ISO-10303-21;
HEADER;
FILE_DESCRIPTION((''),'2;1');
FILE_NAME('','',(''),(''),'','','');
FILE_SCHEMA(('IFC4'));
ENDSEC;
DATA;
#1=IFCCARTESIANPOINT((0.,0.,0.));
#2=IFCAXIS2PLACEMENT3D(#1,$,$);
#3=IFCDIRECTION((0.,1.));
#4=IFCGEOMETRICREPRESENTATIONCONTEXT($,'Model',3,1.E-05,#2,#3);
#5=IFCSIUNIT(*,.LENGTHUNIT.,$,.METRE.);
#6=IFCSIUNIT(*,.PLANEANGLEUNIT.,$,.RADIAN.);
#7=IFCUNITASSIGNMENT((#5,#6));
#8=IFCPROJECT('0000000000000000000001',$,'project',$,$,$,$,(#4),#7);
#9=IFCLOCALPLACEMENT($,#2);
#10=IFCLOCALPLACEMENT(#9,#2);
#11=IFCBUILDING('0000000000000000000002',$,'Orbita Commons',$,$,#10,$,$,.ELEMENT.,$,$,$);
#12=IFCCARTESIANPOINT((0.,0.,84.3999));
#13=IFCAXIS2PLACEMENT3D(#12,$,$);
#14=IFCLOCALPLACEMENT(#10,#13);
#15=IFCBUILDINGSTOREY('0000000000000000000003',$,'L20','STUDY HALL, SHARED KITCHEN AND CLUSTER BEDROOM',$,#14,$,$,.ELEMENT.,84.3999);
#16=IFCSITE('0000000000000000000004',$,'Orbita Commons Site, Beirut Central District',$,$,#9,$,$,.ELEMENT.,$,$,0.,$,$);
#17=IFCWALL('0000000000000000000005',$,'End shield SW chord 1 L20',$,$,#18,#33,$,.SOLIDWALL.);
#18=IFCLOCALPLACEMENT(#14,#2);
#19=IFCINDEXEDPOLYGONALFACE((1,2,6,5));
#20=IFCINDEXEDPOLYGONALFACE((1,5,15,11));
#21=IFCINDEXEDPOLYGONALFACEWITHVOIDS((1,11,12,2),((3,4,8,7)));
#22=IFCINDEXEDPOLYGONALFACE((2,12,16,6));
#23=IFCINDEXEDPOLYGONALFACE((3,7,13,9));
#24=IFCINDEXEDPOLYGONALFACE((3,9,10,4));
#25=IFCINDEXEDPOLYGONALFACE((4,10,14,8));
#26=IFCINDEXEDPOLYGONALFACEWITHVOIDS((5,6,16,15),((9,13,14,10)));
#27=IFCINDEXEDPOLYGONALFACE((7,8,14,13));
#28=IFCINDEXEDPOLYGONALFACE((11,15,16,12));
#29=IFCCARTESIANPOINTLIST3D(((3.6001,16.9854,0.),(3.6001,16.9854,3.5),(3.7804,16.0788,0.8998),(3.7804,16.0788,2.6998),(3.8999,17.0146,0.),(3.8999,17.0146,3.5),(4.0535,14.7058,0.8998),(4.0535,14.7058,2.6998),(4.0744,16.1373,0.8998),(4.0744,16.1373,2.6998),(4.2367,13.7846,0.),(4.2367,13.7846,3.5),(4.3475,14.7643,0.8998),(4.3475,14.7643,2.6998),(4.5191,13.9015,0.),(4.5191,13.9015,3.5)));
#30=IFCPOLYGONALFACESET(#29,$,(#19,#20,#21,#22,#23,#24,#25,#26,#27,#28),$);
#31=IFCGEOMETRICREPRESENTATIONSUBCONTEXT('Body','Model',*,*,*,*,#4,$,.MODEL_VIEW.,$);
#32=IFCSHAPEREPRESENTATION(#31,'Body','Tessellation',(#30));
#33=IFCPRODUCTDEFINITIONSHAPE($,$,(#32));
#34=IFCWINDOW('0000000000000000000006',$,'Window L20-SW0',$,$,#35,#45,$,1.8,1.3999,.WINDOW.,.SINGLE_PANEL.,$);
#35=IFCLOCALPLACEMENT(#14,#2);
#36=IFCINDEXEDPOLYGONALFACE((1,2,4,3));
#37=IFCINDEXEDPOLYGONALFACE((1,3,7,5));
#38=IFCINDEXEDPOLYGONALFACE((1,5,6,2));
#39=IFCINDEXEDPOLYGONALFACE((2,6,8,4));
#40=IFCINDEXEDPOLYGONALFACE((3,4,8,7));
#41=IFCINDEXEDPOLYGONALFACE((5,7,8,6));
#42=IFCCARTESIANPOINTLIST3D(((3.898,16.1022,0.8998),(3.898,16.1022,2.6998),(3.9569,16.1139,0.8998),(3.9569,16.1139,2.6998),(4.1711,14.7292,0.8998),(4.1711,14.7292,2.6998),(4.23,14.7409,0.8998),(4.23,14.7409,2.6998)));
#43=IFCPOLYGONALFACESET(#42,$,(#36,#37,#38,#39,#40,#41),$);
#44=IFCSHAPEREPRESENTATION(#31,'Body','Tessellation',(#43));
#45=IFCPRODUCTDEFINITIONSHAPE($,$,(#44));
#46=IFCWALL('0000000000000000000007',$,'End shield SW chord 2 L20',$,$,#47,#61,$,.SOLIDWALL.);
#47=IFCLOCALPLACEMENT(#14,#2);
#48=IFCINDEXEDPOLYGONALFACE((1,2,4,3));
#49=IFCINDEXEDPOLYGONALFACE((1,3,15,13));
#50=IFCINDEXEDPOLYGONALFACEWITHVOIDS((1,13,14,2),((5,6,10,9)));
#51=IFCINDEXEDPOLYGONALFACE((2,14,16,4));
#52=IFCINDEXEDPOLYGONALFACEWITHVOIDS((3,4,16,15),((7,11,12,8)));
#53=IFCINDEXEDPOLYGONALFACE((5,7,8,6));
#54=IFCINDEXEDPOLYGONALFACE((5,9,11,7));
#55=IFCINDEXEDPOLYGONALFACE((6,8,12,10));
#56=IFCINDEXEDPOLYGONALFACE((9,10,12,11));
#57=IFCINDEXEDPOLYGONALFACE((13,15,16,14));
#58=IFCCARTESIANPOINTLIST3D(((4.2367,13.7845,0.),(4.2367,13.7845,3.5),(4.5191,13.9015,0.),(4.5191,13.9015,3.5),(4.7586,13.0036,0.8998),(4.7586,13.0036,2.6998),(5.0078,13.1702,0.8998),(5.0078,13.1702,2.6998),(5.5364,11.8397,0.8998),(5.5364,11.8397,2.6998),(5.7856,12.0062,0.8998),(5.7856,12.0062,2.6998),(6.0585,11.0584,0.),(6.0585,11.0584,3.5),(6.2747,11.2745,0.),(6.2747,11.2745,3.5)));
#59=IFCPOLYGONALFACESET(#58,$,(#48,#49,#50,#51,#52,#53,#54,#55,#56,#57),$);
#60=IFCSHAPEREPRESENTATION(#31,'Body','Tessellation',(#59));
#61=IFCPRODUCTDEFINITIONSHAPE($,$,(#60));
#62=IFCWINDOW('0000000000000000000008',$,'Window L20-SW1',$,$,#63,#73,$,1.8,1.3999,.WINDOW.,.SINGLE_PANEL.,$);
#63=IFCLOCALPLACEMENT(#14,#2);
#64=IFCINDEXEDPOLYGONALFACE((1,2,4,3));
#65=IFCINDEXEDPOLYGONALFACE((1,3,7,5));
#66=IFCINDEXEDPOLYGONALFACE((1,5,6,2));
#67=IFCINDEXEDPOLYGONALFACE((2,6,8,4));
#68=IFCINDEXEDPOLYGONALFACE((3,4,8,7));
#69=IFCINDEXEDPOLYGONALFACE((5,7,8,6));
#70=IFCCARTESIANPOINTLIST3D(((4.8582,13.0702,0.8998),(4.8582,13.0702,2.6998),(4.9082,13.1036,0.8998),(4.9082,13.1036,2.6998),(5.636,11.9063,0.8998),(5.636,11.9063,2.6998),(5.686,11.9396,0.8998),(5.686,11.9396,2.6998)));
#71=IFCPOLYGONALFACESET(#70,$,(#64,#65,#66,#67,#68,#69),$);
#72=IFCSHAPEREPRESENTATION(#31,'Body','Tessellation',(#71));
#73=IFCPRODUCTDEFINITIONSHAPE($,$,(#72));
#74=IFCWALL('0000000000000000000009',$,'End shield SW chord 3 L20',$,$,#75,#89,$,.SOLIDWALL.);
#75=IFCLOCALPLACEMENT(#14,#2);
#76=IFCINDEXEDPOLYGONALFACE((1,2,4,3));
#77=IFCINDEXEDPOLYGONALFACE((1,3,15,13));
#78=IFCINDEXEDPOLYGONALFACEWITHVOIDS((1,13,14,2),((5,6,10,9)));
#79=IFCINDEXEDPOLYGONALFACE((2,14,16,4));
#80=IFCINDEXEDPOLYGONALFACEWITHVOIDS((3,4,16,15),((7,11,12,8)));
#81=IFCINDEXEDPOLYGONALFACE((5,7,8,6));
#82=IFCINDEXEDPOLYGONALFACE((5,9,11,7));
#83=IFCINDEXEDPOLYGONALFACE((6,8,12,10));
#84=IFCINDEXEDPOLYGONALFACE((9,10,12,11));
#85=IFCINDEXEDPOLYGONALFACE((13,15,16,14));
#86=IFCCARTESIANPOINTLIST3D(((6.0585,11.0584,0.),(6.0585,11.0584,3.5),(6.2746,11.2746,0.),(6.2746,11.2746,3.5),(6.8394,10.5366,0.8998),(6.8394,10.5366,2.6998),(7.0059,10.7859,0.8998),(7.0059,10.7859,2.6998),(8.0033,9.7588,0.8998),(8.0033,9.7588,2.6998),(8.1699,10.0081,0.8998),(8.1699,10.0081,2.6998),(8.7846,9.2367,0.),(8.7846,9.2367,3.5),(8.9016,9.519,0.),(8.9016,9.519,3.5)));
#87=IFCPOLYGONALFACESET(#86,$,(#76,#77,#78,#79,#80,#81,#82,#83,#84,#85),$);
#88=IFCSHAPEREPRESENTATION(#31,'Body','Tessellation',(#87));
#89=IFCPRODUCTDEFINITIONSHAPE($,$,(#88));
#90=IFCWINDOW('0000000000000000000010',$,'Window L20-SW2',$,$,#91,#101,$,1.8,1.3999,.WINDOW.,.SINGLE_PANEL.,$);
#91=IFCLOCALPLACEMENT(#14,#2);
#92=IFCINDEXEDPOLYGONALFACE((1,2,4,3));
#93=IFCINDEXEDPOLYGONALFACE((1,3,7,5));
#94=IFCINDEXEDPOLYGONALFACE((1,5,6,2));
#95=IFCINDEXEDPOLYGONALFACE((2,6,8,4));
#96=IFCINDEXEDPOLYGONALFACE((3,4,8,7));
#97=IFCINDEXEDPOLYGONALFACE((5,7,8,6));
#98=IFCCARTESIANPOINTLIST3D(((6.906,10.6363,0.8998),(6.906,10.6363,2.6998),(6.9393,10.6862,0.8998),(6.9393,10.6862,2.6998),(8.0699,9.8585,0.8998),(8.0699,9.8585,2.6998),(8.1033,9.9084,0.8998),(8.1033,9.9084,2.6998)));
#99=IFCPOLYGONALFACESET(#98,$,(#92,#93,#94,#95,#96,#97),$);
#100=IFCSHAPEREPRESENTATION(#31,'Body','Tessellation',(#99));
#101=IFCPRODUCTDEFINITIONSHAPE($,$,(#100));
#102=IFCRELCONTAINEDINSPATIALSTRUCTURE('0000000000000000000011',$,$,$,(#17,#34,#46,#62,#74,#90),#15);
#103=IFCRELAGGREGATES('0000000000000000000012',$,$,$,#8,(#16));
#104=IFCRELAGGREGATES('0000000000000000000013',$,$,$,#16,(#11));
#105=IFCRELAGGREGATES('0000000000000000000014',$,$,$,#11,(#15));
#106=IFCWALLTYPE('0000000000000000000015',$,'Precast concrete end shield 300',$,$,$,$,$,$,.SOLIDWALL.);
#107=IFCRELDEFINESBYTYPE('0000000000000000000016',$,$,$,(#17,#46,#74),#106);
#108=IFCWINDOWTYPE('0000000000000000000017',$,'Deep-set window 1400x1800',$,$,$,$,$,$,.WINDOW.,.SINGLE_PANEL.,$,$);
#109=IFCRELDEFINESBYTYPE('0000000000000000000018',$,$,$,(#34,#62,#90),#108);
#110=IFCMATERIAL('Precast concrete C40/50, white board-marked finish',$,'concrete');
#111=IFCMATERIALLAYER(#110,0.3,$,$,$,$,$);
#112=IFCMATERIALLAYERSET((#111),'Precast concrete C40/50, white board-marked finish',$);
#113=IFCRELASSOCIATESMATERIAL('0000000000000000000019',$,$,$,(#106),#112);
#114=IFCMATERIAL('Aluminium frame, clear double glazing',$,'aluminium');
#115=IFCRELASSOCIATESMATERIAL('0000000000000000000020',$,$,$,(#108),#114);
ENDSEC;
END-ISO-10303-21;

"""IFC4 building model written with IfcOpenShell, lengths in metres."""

from ifc_helpers import new_model, si_unit, direction, frame, frame_2d, origin, place, context, subcontext, project, spatial, polyline, rectangle, outline, extrude, material, layer, layer_set, type_object, element, fill, save


model = new_model("IFC4")

# Units and contexts
model_context = context("Model", 3, precision=1e-05, world=origin(), true_north=direction((0.0, 1.0)))
body_context = subcontext(model_context, "Body", "Model", "MODEL_VIEW")
ifc_project = project(units=[si_unit("LENGTHUNIT", "METRE"), si_unit("PLANEANGLEUNIT", "RADIAN")], contexts=[model_context])

# Site, building, storey
site_placement = place(None, origin())
site = spatial("IfcSite", under=ifc_project, at=site_placement, Name="Orbita Commons Site, Beirut Central District", CompositionType="ELEMENT", RefElevation=0.0)
building_placement = place(site_placement, origin())
building = spatial("IfcBuilding", under=site, at=building_placement, Name="Orbita Commons", CompositionType="ELEMENT")
storey_placement = place(building_placement, frame((0.0, 0.0, 84.3999)))
storey = spatial("IfcBuildingStorey", under=building, at=storey_placement, Name="L20", Description="STUDY HALL, SHARED KITCHEN AND CLUSTER BEDROOM", CompositionType="ELEMENT", Elevation=84.3999)

# Walls, openings, windows
ifc_material_1 = material(Name="Precast concrete C40/50, white board-marked finish", Category="concrete")
ifc_layer_1 = layer(ifc_material_1, 0.3)
ifc_layer_set_1 = layer_set([ifc_layer_1], Name="Precast concrete C40/50, white board-marked finish")
wall_type_1 = type_object("IfcWallType", Name="Precast concrete end shield 300", PredefinedType="SOLIDWALL", material=ifc_layer_set_1)
wall_1_placement = place(storey_placement, frame((3.75, 17.0, 0.0), z_axis=(0.0, 0.0, 1.0), x_axis=(0.19508, -0.980787, 0.0)))
wall_1 = element("IfcWall", 1, at=wall_1_placement, inside=storey, type_object=wall_type_1, Name="End shield SW chord 1 L20", PredefinedType="SOLIDWALL", context=body_context, shape_type="SweptSolid", body=[
    extrude(outline(polyline([(-0.0149, -0.1499), (3.2485, -0.1499), (3.189, 0.1499), (0.0149, 0.1499), (-0.0149, -0.1499)])), origin(), (0.0, 0.0, 1.0), 3.5),
])
opening_1_placement = place(wall_1_placement, frame((0.9094, 0.0, 0.8999)))
opening_1 = element("IfcOpeningElement", 2, at=opening_1_placement, cuts=wall_1, PredefinedType="OPENING", context=body_context, shape_type="SweptSolid", body=[
    extrude(rectangle(XDim=1.3999, YDim=1.8, at=frame_2d((0.7, 0.8999))), frame((0.0, 0.1599, 0.0), z_axis=(0.0, -1.0, 0.0), x_axis=(1.0, 0.0, 0.0)), (0.0, 0.0, 1.0), 0.3201),
])
ifc_material_2 = material(Name="Aluminium frame, clear double glazing", Category="aluminium")
window_type = type_object("IfcWindowType", Name="Deep-set window 1400x1800", PartitioningType="SINGLE_PANEL", PredefinedType="WINDOW", material=ifc_material_2)
window_1_placement = place(opening_1_placement, origin())
window_1 = element("IfcWindow", 3, at=window_1_placement, inside=storey, type_object=window_type, Name="Window L20-SW0", OverallHeight=1.8, OverallWidth=1.3999, PartitioningType="SINGLE_PANEL", PredefinedType="WINDOW", context=body_context, shape_type="SweptSolid", body=[
    extrude(rectangle(XDim=1.3999, YDim=1.8, at=frame_2d((0.7, 0.8999))), frame((0.0, 0.03, 0.0), z_axis=(0.0, -1.0, 0.0), x_axis=(1.0, 0.0, 0.0)), (0.0, 0.0, 1.0), 0.0601),
])
fill(opening_1, window_1)
wall_2_placement = place(storey_placement, frame((4.3779, 13.843, 0.0), z_axis=(0.0, 0.0, 1.0), x_axis=(0.55561, -0.831443, 0.0)))
wall_2 = element("IfcWall", 4, at=wall_2_placement, inside=storey, type_object=wall_type_1, Name="End shield SW chord 2 L20", PredefinedType="SOLIDWALL", context=body_context, shape_type="SweptSolid", body=[
    extrude(outline(polyline([(-0.0298, -0.1499), (3.249, -0.1499), (3.1895, 0.1499), (0.0298, 0.1499), (-0.0298, -0.1499)])), origin(), (0.0, 0.0, 1.0), 3.5),
])
opening_2_placement = place(wall_2_placement, frame((0.9094, 0.0, 0.8999)))
opening_2 = element("IfcOpeningElement", 5, at=opening_2_placement, cuts=wall_2, PredefinedType="OPENING", context=body_context, shape_type="SweptSolid", body=[
    extrude(rectangle(XDim=1.3999, YDim=1.8, at=frame_2d((0.7, 0.8999))), frame((0.0, 0.1599, 0.0), z_axis=(0.0, -1.0, 0.0), x_axis=(1.0, 0.0, 0.0)), (0.0, 0.0, 1.0), 0.3201),
])
window_2_placement = place(opening_2_placement, origin())
window_2 = element("IfcWindow", 6, at=window_2_placement, inside=storey, type_object=window_type, Name="Window L20-SW1", OverallHeight=1.8, OverallWidth=1.3999, PartitioningType="SINGLE_PANEL", PredefinedType="WINDOW", context=body_context, shape_type="SweptSolid", body=[
    extrude(rectangle(XDim=1.3999, YDim=1.8, at=frame_2d((0.7, 0.8999))), frame((0.0, 0.03, 0.0), z_axis=(0.0, -1.0, 0.0), x_axis=(1.0, 0.0, 0.0)), (0.0, 0.0, 1.0), 0.0601),
])
fill(opening_2, window_2)
wall_3_placement = place(storey_placement, frame((6.1665, 11.1665, 0.0), z_axis=(0.0, 0.0, 1.0), x_axis=(0.831443, -0.55561, 0.0)))
wall_3 = element("IfcWall", 7, at=wall_3_placement, inside=storey, type_object=wall_type_1, Name="End shield SW chord 3 L20", PredefinedType="SOLIDWALL", context=body_context, shape_type="SweptSolid", body=[
    extrude(outline(polyline([(-0.0298, -0.1499), (3.249, -0.1499), (3.1895, 0.1499), (0.0298, 0.1499), (-0.0298, -0.1499)])), origin(), (0.0, 0.0, 1.0), 3.5),
])
opening_3_placement = place(wall_3_placement, frame((0.9094, 0.0, 0.8999)))
opening_3 = element("IfcOpeningElement", 8, at=opening_3_placement, cuts=wall_3, PredefinedType="OPENING", context=body_context, shape_type="SweptSolid", body=[
    extrude(rectangle(XDim=1.3999, YDim=1.8, at=frame_2d((0.7, 0.8999))), frame((0.0, 0.1599, 0.0), z_axis=(0.0, -1.0, 0.0), x_axis=(1.0, 0.0, 0.0)), (0.0, 0.0, 1.0), 0.3201),
])
window_3_placement = place(opening_3_placement, origin())
window_3 = element("IfcWindow", 9, at=window_3_placement, inside=storey, type_object=window_type, Name="Window L20-SW2", OverallHeight=1.8, OverallWidth=1.3999, PartitioningType="SINGLE_PANEL", PredefinedType="WINDOW", context=body_context, shape_type="SweptSolid", body=[
    extrude(rectangle(XDim=1.3999, YDim=1.8, at=frame_2d((0.7, 0.8999))), frame((0.0, 0.03, 0.0), z_axis=(0.0, -1.0, 0.0), x_axis=(1.0, 0.0, 0.0)), (0.0, 0.0, 1.0), 0.0601),
])
fill(opening_3, window_3)

save(model, "model.ifc")
